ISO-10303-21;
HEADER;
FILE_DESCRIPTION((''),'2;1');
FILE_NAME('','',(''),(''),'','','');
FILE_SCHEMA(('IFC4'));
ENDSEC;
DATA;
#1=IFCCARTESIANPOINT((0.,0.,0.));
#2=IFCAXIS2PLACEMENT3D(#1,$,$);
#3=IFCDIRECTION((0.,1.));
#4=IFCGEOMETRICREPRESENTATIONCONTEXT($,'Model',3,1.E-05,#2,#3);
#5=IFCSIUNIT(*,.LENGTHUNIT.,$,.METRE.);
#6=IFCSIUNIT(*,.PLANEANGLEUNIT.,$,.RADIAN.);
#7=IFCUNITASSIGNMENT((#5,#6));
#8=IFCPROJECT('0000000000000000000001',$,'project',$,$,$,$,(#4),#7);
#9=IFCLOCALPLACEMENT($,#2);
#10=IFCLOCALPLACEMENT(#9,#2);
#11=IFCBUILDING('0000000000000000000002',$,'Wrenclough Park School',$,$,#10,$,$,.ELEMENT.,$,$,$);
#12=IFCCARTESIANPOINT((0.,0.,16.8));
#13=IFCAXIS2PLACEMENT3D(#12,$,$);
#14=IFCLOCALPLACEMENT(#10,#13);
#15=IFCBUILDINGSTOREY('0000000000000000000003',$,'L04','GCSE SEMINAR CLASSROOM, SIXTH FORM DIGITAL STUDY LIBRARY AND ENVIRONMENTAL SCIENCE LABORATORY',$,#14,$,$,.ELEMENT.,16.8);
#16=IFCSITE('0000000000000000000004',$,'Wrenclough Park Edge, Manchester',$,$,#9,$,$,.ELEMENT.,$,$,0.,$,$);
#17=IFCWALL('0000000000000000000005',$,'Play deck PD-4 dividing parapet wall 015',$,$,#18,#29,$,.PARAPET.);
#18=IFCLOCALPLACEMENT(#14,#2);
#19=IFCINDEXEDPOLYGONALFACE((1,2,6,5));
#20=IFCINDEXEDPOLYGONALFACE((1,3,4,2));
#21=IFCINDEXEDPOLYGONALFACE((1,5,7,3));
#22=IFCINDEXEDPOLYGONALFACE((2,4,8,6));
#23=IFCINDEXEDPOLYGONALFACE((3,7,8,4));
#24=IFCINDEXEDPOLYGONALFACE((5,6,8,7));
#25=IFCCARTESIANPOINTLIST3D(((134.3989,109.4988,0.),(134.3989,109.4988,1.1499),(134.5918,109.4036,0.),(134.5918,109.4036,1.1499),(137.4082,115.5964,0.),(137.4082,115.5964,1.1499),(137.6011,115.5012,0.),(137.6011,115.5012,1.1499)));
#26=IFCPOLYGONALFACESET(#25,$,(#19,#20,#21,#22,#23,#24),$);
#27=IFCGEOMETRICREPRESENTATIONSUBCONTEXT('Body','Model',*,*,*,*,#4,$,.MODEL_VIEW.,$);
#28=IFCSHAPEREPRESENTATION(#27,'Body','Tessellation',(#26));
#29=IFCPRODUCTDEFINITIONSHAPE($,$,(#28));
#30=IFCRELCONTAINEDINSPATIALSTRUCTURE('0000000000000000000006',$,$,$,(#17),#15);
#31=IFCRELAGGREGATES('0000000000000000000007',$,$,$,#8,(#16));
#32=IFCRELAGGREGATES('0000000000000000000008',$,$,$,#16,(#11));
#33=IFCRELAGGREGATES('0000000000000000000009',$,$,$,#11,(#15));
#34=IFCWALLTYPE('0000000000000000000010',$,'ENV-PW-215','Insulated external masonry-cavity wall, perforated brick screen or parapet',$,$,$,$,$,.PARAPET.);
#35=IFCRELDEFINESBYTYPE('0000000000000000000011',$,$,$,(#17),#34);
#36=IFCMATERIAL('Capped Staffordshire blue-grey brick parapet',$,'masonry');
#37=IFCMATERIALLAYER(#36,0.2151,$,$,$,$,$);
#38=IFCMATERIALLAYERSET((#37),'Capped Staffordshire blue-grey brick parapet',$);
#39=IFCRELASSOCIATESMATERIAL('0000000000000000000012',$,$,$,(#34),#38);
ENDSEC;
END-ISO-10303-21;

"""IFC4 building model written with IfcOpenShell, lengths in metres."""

from ifc_helpers import new_model, si_unit, direction, frame, frame_2d, origin, place, context, subcontext, project, spatial, rectangle, extrude, material, layer, layer_set, type_object, element, save


model = new_model("IFC4")

# Units and contexts
model_context = context("Model", 3, precision=1e-05, world=origin(), true_north=direction((0.0, 1.0)))
body_context = subcontext(model_context, "Body", "Model", "MODEL_VIEW")
ifc_project = project(units=[si_unit("LENGTHUNIT", "METRE"), si_unit("PLANEANGLEUNIT", "RADIAN")], contexts=[model_context])

# Site, building, storey
site_placement = place(None, origin())
site = spatial("IfcSite", under=ifc_project, at=site_placement, Name="Wrenclough Park Edge, Manchester", CompositionType="ELEMENT", RefElevation=0.0)
building_placement = place(site_placement, origin())
building = spatial("IfcBuilding", under=site, at=building_placement, Name="Wrenclough Park School", CompositionType="ELEMENT")
storey_placement = place(building_placement, frame((0.0, 0.0, 16.8)))
storey = spatial("IfcBuildingStorey", under=building, at=storey_placement, Name="L04", Description="GCSE SEMINAR CLASSROOM, SIXTH FORM DIGITAL STUDY LIBRARY AND ENVIRONMENTAL SCIENCE LABORATORY", CompositionType="ELEMENT", Elevation=16.8)

# Wall
ifc_material_1 = material(Name="Capped Staffordshire blue-grey brick parapet", Category="masonry")
ifc_layer_1 = layer(ifc_material_1, 0.2151)
ifc_layer_set_1 = layer_set([ifc_layer_1], Name="Capped Staffordshire blue-grey brick parapet")
wall_type = type_object("IfcWallType", Name="ENV-PW-215", Description="Insulated external masonry-cavity wall, perforated brick screen or parapet", PredefinedType="PARAPET", material=ifc_layer_set_1)
wall_1_placement = place(storey_placement, frame((137.5046, 115.5488, 0.0), z_axis=(0.0, 0.0, 1.0), x_axis=(-0.442554, -0.896742, 0.0)))
element("IfcWall", 1, at=wall_1_placement, inside=storey, type_object=wall_type, Name="Play deck PD-4 dividing parapet wall 015", PredefinedType="PARAPET", context=body_context, shape_type="SweptSolid", body=[
    extrude(rectangle(XDim=6.7998, YDim=0.2151, at=frame_2d((3.3999, 0.0))), origin(), (0.0, 0.0, 1.0), 1.1499),
])

save(model, "model.ifc")
